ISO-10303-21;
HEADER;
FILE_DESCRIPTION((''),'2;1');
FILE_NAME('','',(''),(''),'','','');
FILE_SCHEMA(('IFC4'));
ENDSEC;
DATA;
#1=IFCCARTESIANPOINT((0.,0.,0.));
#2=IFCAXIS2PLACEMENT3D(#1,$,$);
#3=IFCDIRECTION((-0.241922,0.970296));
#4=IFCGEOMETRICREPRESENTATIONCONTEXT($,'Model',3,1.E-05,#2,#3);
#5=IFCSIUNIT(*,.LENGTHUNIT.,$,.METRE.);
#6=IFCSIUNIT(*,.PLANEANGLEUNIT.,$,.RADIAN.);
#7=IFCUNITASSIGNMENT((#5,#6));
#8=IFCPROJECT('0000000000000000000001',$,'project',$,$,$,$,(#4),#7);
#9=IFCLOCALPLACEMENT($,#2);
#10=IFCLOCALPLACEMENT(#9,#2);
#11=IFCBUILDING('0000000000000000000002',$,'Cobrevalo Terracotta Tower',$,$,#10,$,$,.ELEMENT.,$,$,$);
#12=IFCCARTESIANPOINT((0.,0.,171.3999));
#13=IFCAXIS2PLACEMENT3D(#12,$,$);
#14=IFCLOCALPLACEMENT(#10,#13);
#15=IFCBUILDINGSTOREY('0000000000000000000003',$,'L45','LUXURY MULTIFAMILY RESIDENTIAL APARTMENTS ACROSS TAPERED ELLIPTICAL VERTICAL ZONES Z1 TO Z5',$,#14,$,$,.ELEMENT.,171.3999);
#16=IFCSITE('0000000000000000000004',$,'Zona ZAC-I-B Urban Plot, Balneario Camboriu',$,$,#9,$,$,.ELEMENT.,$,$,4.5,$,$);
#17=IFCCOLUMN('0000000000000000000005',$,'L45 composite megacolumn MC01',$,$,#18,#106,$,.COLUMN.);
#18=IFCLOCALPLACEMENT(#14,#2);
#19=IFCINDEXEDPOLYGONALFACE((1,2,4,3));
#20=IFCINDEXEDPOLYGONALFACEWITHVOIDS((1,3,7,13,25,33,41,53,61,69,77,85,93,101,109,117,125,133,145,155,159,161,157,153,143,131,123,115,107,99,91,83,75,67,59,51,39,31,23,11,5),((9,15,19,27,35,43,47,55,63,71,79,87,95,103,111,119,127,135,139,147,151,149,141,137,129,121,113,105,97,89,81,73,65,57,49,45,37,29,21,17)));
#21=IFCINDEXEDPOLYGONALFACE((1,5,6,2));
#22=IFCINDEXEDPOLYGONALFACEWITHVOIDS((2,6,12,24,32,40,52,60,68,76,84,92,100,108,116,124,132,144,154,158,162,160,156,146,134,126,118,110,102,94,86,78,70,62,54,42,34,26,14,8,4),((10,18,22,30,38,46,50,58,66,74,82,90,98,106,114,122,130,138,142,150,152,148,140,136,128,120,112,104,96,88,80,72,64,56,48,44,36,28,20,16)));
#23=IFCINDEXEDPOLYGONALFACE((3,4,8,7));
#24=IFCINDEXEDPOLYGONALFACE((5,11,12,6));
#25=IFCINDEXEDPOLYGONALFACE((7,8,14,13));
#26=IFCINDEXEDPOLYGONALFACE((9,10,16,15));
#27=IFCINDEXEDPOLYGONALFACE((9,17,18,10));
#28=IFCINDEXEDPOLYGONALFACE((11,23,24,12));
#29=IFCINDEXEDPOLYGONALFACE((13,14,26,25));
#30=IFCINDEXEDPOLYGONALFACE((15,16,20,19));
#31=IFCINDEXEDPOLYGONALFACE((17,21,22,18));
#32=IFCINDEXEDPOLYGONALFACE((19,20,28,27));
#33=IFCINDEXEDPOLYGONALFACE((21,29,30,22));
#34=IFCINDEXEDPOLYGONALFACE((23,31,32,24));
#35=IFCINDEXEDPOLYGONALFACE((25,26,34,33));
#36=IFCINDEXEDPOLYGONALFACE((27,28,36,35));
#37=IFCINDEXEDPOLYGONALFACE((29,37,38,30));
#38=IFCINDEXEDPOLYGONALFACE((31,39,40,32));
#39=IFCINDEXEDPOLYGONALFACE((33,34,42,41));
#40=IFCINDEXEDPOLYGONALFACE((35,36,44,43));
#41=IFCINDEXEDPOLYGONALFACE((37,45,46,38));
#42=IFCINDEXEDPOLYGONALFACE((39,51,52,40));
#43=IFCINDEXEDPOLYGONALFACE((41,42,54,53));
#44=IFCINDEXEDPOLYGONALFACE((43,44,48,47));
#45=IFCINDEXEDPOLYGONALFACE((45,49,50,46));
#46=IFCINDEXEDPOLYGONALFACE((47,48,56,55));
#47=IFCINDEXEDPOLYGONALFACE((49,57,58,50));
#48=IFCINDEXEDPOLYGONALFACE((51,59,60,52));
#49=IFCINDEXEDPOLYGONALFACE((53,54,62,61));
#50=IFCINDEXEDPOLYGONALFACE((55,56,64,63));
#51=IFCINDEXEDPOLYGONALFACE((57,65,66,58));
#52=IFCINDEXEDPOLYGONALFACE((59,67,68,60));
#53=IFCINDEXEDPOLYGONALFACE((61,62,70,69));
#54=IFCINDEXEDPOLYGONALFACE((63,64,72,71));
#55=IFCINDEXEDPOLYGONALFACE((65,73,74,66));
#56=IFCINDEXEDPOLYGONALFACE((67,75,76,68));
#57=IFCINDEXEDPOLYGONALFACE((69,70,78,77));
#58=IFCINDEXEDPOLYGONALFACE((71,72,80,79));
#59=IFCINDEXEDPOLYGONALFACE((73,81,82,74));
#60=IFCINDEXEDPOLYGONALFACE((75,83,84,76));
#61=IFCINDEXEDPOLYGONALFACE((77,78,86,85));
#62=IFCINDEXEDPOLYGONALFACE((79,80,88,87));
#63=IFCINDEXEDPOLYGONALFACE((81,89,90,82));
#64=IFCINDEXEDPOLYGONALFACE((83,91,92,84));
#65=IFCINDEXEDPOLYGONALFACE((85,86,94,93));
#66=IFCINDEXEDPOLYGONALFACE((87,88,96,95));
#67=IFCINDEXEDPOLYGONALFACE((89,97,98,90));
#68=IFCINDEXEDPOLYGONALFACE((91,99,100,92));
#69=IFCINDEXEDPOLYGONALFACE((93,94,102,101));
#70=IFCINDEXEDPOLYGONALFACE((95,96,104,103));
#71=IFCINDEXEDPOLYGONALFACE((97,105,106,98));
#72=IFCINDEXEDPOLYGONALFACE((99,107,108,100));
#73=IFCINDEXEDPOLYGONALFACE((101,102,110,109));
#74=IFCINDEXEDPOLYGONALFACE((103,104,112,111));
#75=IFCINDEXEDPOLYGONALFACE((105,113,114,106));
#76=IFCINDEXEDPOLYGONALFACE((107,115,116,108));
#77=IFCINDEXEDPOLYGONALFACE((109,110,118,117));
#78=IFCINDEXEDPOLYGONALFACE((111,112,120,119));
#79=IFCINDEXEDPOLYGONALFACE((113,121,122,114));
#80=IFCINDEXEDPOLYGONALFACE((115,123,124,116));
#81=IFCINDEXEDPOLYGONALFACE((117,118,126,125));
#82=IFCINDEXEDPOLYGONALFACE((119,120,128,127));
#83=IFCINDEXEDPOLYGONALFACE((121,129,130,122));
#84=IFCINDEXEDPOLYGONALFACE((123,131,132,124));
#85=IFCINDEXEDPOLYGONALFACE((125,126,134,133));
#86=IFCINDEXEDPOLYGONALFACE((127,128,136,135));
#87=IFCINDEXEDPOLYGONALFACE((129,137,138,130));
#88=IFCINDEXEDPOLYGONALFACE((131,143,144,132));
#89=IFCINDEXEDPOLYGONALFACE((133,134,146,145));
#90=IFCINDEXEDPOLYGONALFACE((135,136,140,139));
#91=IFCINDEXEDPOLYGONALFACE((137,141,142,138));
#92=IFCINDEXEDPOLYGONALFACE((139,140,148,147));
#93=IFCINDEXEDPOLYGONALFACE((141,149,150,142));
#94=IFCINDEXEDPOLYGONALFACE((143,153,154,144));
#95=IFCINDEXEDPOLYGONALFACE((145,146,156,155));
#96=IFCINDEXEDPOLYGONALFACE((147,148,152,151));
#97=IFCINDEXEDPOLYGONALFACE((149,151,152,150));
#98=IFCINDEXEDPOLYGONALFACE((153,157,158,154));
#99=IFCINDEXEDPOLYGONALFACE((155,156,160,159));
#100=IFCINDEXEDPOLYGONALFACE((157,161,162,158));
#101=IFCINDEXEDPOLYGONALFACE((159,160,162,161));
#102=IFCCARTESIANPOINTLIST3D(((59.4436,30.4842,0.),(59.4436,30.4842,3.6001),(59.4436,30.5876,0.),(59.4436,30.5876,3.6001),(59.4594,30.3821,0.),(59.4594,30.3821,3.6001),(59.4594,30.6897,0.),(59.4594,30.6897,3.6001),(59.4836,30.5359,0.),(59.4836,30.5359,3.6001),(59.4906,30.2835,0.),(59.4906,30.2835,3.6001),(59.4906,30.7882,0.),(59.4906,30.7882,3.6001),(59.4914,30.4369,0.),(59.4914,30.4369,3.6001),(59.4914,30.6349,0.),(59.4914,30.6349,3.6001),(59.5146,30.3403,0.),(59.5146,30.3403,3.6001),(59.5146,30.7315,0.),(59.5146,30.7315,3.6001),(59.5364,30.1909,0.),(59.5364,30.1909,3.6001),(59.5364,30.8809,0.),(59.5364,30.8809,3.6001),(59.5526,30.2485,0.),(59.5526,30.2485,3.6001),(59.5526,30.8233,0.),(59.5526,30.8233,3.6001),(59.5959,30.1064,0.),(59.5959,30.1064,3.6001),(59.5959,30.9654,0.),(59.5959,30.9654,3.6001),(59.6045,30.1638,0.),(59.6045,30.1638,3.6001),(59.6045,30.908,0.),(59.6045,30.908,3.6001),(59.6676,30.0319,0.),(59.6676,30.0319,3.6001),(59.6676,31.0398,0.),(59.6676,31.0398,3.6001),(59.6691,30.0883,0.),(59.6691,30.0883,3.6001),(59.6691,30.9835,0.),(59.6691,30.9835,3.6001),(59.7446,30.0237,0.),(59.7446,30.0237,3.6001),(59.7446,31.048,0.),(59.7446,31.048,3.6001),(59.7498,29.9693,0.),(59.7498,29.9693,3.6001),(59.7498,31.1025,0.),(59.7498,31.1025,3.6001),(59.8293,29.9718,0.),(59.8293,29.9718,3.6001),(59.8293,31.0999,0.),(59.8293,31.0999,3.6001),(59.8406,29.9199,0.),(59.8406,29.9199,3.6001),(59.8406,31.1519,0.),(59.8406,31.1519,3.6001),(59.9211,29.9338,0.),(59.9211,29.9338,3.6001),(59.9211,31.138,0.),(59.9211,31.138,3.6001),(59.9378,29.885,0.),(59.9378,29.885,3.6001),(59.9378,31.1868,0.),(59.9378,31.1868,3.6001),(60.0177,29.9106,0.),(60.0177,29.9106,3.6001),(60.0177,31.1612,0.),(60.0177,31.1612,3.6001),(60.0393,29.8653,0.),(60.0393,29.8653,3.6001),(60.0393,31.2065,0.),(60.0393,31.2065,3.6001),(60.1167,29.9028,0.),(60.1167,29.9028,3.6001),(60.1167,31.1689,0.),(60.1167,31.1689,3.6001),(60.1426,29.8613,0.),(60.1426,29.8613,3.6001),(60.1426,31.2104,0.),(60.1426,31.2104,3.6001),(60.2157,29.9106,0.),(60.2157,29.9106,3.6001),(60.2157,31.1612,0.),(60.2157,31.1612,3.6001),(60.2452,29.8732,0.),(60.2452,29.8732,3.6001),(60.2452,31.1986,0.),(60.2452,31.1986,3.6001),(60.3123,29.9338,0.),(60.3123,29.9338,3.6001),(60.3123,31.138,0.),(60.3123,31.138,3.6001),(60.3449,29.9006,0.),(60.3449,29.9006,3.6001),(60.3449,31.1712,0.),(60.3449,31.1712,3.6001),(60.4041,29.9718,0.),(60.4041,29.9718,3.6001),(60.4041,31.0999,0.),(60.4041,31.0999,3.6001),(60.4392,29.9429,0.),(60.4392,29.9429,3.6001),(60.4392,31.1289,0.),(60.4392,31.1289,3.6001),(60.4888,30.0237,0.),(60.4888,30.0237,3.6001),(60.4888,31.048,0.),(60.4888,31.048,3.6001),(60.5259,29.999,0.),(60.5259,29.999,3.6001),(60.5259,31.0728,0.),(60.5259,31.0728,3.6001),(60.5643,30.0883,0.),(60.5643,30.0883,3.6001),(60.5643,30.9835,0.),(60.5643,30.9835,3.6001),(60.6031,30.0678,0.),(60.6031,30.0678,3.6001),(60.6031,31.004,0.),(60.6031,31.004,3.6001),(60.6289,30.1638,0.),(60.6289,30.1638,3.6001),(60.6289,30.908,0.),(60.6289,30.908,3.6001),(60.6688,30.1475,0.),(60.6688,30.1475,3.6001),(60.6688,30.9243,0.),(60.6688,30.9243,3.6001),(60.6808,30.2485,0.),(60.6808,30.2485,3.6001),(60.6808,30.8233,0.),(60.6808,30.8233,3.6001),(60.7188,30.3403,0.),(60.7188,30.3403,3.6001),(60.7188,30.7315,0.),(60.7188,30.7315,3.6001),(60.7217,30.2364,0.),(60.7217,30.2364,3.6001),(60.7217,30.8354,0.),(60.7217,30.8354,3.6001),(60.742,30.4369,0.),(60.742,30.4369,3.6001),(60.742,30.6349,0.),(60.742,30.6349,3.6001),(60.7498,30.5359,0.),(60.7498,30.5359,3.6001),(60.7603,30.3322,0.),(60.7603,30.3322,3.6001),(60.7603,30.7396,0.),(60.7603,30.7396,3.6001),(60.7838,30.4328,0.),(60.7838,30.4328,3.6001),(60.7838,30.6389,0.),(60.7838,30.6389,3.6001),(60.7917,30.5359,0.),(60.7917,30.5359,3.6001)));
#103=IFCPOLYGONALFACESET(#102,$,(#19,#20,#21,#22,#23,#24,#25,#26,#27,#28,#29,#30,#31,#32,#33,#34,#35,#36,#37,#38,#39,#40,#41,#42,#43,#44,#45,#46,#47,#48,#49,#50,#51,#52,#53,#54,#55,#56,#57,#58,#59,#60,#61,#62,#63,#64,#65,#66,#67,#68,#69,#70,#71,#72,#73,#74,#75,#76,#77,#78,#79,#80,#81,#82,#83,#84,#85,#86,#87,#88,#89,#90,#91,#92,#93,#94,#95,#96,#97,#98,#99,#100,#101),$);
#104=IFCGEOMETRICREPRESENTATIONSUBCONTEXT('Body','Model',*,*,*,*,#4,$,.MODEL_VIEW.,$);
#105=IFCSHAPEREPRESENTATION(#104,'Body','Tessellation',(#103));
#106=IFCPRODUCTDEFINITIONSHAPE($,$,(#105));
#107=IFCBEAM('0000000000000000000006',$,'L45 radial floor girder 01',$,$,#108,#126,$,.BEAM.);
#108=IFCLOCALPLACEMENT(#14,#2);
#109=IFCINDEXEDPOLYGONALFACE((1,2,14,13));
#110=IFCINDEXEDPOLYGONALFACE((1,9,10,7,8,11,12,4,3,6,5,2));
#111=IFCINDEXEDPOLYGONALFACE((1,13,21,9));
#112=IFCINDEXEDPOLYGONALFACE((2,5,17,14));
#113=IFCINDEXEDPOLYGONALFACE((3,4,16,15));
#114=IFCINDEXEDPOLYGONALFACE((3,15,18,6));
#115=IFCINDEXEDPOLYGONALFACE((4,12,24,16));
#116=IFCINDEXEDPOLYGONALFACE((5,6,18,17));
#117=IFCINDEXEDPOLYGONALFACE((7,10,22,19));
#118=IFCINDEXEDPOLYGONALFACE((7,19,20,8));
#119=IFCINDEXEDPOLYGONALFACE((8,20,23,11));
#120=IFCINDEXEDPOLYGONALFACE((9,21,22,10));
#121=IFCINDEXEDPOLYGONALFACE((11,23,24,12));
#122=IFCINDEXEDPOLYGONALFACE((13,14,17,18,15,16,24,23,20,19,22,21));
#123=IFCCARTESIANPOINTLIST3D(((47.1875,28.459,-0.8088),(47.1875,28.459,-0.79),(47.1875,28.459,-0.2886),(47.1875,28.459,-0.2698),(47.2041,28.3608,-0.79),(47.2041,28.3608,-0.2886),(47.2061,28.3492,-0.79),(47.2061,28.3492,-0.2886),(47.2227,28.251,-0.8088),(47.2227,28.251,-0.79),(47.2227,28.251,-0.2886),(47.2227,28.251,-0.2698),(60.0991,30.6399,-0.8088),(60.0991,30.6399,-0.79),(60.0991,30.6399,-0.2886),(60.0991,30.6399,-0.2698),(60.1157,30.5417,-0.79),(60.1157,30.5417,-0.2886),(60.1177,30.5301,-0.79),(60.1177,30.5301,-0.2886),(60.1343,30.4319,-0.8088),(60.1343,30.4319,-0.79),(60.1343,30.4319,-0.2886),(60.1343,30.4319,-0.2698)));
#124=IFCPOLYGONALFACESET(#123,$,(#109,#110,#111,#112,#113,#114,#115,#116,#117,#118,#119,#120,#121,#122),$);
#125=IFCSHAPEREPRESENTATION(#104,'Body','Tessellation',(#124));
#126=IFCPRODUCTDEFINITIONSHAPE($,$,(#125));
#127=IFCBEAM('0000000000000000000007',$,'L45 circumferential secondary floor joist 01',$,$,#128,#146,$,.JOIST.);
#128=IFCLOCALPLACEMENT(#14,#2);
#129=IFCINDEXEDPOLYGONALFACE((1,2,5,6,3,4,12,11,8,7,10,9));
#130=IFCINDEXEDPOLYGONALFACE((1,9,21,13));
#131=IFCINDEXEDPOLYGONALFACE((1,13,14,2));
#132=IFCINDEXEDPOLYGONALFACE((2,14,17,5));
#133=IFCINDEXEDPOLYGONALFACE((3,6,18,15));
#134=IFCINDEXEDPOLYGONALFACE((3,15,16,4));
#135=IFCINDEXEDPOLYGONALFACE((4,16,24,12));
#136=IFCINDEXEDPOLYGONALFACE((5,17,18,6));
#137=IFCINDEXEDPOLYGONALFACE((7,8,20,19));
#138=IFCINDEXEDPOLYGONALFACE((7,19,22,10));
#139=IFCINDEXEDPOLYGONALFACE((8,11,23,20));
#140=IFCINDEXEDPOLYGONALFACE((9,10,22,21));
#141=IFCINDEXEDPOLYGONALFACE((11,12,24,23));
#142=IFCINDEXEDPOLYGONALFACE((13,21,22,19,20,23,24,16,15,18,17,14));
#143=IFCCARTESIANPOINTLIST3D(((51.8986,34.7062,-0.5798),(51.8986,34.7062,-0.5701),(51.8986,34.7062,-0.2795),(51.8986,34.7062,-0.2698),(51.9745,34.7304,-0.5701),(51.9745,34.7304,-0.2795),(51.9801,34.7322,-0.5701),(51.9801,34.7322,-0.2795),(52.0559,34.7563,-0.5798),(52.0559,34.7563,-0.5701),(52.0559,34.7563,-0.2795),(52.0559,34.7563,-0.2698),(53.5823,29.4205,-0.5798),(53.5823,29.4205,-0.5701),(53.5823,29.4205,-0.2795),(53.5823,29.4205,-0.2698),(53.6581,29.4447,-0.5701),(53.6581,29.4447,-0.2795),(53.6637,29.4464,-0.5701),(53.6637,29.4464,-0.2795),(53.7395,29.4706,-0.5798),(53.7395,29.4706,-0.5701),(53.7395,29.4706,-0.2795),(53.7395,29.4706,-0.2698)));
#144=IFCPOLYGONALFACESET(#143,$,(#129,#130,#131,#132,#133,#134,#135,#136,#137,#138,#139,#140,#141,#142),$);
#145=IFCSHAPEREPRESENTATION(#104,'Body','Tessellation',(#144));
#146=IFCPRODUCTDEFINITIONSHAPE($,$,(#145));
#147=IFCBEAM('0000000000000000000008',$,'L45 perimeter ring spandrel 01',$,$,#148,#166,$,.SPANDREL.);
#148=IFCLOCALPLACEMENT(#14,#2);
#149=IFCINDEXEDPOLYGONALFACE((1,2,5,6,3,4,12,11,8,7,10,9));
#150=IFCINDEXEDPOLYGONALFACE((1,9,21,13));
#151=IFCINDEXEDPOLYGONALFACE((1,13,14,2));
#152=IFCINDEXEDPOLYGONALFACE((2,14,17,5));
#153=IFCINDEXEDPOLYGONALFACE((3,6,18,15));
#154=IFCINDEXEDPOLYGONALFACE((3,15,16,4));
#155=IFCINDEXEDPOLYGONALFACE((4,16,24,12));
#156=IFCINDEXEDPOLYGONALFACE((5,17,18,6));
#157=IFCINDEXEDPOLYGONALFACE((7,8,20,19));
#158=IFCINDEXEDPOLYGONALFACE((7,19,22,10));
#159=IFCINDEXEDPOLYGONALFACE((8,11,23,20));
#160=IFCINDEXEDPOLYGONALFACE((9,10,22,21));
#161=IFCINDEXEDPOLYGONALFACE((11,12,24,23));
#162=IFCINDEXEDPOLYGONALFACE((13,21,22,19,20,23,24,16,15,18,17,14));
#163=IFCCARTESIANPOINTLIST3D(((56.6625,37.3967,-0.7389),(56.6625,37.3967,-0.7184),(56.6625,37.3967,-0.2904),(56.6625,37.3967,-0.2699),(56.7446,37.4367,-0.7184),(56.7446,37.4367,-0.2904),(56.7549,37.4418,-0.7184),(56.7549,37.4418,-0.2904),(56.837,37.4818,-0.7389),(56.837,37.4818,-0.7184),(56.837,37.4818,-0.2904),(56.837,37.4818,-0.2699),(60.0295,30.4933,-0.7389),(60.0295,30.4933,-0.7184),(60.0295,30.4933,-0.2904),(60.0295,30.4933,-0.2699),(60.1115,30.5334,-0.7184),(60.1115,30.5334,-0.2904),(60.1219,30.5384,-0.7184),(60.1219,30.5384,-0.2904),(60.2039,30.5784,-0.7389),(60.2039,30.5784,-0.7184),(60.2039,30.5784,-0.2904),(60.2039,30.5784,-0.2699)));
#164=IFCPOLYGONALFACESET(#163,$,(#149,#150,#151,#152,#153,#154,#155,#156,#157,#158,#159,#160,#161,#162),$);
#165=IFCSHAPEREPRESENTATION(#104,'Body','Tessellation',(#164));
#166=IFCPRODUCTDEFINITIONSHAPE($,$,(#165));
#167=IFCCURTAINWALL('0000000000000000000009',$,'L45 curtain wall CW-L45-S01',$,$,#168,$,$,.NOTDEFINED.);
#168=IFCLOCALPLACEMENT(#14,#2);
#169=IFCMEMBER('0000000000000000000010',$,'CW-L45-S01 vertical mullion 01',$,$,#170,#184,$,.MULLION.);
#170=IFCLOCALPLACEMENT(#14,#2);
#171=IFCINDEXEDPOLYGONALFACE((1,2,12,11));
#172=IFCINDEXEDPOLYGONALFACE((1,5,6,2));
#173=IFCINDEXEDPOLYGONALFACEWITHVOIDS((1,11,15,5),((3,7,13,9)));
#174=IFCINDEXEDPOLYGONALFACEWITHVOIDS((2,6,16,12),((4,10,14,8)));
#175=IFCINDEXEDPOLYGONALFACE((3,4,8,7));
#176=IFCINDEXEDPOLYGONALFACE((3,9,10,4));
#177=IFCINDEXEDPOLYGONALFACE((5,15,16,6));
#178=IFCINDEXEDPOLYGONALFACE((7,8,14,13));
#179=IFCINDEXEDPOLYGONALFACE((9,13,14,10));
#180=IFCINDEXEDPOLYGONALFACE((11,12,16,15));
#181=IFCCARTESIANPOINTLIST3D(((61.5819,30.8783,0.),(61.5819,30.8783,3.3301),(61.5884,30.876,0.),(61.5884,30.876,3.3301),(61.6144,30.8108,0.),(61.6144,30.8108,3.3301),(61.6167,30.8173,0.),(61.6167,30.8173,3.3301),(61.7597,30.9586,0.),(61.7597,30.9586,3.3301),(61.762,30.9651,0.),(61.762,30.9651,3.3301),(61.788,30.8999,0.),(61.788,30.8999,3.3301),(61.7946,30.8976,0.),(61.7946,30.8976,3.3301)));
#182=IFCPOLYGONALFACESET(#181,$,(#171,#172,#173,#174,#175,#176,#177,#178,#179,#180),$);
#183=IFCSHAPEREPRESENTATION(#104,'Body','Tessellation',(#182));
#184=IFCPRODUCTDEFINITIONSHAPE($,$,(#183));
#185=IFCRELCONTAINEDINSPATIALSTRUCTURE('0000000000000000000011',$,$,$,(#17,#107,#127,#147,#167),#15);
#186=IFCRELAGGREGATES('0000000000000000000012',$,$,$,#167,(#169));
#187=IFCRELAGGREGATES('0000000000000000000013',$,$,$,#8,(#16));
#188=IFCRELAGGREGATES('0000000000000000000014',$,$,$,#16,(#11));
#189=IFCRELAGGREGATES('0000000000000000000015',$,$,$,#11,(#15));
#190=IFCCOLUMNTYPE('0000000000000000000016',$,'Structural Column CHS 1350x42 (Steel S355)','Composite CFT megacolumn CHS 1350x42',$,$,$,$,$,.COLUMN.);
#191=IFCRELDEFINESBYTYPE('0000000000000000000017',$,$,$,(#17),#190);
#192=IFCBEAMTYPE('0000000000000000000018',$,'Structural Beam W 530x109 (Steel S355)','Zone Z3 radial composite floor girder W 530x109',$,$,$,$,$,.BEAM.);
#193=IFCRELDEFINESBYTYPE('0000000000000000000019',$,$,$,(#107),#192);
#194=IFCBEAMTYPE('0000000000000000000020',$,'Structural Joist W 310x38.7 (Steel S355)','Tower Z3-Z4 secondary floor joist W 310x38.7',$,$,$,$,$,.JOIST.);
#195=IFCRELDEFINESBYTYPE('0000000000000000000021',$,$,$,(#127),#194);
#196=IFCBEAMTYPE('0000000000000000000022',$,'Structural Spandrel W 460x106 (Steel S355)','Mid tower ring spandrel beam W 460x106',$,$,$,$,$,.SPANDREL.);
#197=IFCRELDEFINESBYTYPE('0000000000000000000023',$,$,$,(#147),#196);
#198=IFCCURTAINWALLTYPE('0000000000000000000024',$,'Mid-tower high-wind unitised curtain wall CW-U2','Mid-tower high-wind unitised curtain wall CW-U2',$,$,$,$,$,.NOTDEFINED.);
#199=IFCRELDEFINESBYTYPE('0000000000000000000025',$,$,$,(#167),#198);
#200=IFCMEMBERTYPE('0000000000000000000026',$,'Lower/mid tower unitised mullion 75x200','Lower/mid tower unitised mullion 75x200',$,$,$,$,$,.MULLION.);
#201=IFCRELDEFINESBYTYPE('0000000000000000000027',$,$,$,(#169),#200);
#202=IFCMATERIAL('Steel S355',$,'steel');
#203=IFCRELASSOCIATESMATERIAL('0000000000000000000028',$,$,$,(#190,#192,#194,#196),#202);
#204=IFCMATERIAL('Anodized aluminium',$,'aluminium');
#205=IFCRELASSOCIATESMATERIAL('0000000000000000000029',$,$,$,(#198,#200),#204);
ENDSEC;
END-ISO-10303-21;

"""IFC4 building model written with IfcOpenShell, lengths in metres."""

from ifc_helpers import new_model, si_unit, direction, frame, origin, origin_2d, place, context, subcontext, project, spatial, hollow_rectangle, hollow_circle, i_section, extrude, source, transform, mapped, material, material_profile, profile_set, type_object, element, aggregate, save


model = new_model("IFC4")

# Units and contexts
model_context = context("Model", 3, precision=1e-05, world=origin(), true_north=direction((-0.241922, 0.970296)))
body_context = subcontext(model_context, "Body", "Model", "MODEL_VIEW")
ifc_project = project(units=[si_unit("LENGTHUNIT", "METRE"), si_unit("PLANEANGLEUNIT", "RADIAN")], contexts=[model_context])

# Site, building, storey
site_placement = place(None, origin())
site = spatial("IfcSite", under=ifc_project, at=site_placement, Name="Zona ZAC-I-B Urban Plot, Balneario Camboriu", CompositionType="ELEMENT", RefElevation=4.5)
building_placement = place(site_placement, origin())
building = spatial("IfcBuilding", under=site, at=building_placement, Name="Cobrevalo Terracotta Tower", CompositionType="ELEMENT")
storey_placement = place(building_placement, frame((0.0, 0.0, 171.3999)))
storey = spatial("IfcBuildingStorey", under=building, at=storey_placement, Name="L45", Description="LUXURY MULTIFAMILY RESIDENTIAL APARTMENTS ACROSS TAPERED ELLIPTICAL VERTICAL ZONES Z1 TO Z5", CompositionType="ELEMENT", Elevation=171.3999)

# Column
ifc_material_1 = material(Name="Steel S355", Category="steel")
ifc_material_profile_1 = material_profile(ifc_material_1, hollow_circle(Radius=0.675, WallThickness=0.042, at=origin_2d()), Name="CHS 1350x42")
ifc_profile_set_1 = profile_set([ifc_material_profile_1], Name="Steel S355")
column_type = type_object("IfcColumnType", Name="Structural Column CHS 1350x42 (Steel S355)", Description="Composite CFT megacolumn CHS 1350x42", PredefinedType="COLUMN", material=ifc_profile_set_1)
column_placement = place(storey_placement, frame((60.1167, 30.5359, 0.0), z_axis=(0.0, 0.0, 1.0), x_axis=(1.0, 0.0, 0.0)))
element("IfcColumn", 1, at=column_placement, inside=storey, type_object=column_type, Name="L45 composite megacolumn MC01", PredefinedType="COLUMN", context=body_context, shape_type="SweptSolid", body=[
    extrude(hollow_circle(Radius=0.675, WallThickness=0.042, at=origin_2d()), origin(), (0.0, 0.0, 1.0), 3.6001),
])

# Beams
ifc_material_profile_2 = material_profile(ifc_material_1, i_section(OverallWidth=0.2109, OverallDepth=0.5391, WebThickness=0.0117, FlangeThickness=0.0188, at=origin_2d()), Name="W 530x109")
ifc_profile_set_2 = profile_set([ifc_material_profile_2], Name="Steel S355")
beam_type_1 = type_object("IfcBeamType", Name="Structural Beam W 530x109 (Steel S355)", Description="Zone Z3 radial composite floor girder W 530x109", PredefinedType="BEAM", material=ifc_profile_set_2)
beam_1_placement = place(storey_placement, frame((60.1167, 30.5359, -0.5393), z_axis=(-0.986033, -0.166551, 0.0), x_axis=(0.166551, -0.986033, 0.0)))
element("IfcBeam", 2, at=beam_1_placement, inside=storey, type_object=beam_type_1, Name="L45 radial floor girder 01", PredefinedType="BEAM", context=body_context, shape_type="SweptSolid", body=[
    extrude(i_section(OverallWidth=0.2109, OverallDepth=0.5391, WebThickness=0.0117, FlangeThickness=0.0188, at=origin_2d()), origin(), (0.0, 0.0, 1.0), 13.0945),
])
ifc_material_profile_3 = material_profile(ifc_material_1, i_section(OverallWidth=0.165, OverallDepth=0.3101, WebThickness=0.0059, FlangeThickness=0.0098, at=origin_2d()), Name="W 310x38.7")
ifc_profile_set_3 = profile_set([ifc_material_profile_3], Name="Steel S355")
beam_type_2 = type_object("IfcBeamType", Name="Structural Joist W 310x38.7 (Steel S355)", Description="Tower Z3-Z4 secondary floor joist W 310x38.7", PredefinedType="JOIST", material=ifc_profile_set_3)
beam_2_placement = place(storey_placement, frame((53.6609, 29.4456, -0.4248), z_axis=(-0.303498, 0.952832, 0.0), x_axis=(-0.952832, -0.303498, 0.0)))
element("IfcBeam", 3, at=beam_2_placement, inside=storey, type_object=beam_type_2, Name="L45 circumferential secondary floor joist 01", PredefinedType="JOIST", context=body_context, shape_type="SweptSolid", body=[
    extrude(i_section(OverallWidth=0.165, OverallDepth=0.3101, WebThickness=0.0059, FlangeThickness=0.0098, at=origin_2d()), origin(), (0.0, 0.0, 1.0), 5.5474),
])
ifc_material_profile_4 = material_profile(ifc_material_1, i_section(OverallWidth=0.1941, OverallDepth=0.469, WebThickness=0.0115, FlangeThickness=0.0205, at=origin_2d()), Name="W 460x106")
ifc_profile_set_4 = profile_set([ifc_material_profile_4], Name="Steel S355")
beam_type_3 = type_object("IfcBeamType", Name="Structural Spandrel W 460x106 (Steel S355)", Description="Mid tower ring spandrel beam W 460x106", PredefinedType="SPANDREL", material=ifc_profile_set_4)
beam_3_placement = place(storey_placement, frame((60.1167, 30.5359, -0.5044), z_axis=(-0.438368, 0.898796, 0.0), x_axis=(-0.898796, -0.438368, 0.0)))
element("IfcBeam", 4, at=beam_3_placement, inside=storey, type_object=beam_type_3, Name="L45 perimeter ring spandrel 01", PredefinedType="SPANDREL", context=body_context, shape_type="SweptSolid", body=[
    extrude(i_section(OverallWidth=0.1941, OverallDepth=0.469, WebThickness=0.0115, FlangeThickness=0.0205, at=origin_2d()), origin(), (0.0, 0.0, 1.0), 7.6807),
])

# Curtain wall, member
ifc_material_2 = material(Name="Anodized aluminium", Category="aluminium")
curtain_wall_type = type_object("IfcCurtainWallType", Name="Mid-tower high-wind unitised curtain wall CW-U2", Description="Mid-tower high-wind unitised curtain wall CW-U2", PredefinedType="NOTDEFINED", material=ifc_material_2)
curtain_wall_1_placement = place(storey_placement, origin())
curtain_wall_1 = element("IfcCurtainWall", 5, at=curtain_wall_1_placement, inside=storey, type_object=curtain_wall_type, Name="L45 curtain wall CW-L45-S01", PredefinedType="NOTDEFINED")
ifc_material_profile_5 = material_profile(ifc_material_2, hollow_rectangle(XDim=0.075, YDim=0.2, WallThickness=0.0049, at=origin_2d()), Name="CWM 75x200")
ifc_profile_set_5 = profile_set([ifc_material_profile_5], Name="Anodized aluminium")
member_type_1 = type_object("IfcMemberType", Name="Lower/mid tower unitised mullion 75x200", Description="Lower/mid tower unitised mullion 75x200", PredefinedType="MULLION", material=ifc_profile_set_5)
shared_shape_1 = source(origin(), body_context, "Body", "SweptSolid", [
    extrude(hollow_rectangle(XDim=0.075, YDim=0.2, WallThickness=0.0049, at=origin_2d()), origin(), (0.0, 0.0, 1.0), 3.3301),
])
member_1_placement = place(storey_placement, frame((61.6882, 30.8879, 0.0), z_axis=(0.0, 0.0, 1.0), x_axis=(-0.434209, 0.900812, 0.0)))
member_1 = element("IfcMember", 6, at=member_1_placement, type_object=member_type_1, Name="CW-L45-S01 vertical mullion 01", PredefinedType="MULLION", context=body_context, shape_type="MappedRepresentation", body=[
    mapped(shared_shape_1, transform((0.0, 0.0, 0.0), scale=1.0)),
])

aggregate(curtain_wall_1, [member_1])

save(model, "model.ifc")
